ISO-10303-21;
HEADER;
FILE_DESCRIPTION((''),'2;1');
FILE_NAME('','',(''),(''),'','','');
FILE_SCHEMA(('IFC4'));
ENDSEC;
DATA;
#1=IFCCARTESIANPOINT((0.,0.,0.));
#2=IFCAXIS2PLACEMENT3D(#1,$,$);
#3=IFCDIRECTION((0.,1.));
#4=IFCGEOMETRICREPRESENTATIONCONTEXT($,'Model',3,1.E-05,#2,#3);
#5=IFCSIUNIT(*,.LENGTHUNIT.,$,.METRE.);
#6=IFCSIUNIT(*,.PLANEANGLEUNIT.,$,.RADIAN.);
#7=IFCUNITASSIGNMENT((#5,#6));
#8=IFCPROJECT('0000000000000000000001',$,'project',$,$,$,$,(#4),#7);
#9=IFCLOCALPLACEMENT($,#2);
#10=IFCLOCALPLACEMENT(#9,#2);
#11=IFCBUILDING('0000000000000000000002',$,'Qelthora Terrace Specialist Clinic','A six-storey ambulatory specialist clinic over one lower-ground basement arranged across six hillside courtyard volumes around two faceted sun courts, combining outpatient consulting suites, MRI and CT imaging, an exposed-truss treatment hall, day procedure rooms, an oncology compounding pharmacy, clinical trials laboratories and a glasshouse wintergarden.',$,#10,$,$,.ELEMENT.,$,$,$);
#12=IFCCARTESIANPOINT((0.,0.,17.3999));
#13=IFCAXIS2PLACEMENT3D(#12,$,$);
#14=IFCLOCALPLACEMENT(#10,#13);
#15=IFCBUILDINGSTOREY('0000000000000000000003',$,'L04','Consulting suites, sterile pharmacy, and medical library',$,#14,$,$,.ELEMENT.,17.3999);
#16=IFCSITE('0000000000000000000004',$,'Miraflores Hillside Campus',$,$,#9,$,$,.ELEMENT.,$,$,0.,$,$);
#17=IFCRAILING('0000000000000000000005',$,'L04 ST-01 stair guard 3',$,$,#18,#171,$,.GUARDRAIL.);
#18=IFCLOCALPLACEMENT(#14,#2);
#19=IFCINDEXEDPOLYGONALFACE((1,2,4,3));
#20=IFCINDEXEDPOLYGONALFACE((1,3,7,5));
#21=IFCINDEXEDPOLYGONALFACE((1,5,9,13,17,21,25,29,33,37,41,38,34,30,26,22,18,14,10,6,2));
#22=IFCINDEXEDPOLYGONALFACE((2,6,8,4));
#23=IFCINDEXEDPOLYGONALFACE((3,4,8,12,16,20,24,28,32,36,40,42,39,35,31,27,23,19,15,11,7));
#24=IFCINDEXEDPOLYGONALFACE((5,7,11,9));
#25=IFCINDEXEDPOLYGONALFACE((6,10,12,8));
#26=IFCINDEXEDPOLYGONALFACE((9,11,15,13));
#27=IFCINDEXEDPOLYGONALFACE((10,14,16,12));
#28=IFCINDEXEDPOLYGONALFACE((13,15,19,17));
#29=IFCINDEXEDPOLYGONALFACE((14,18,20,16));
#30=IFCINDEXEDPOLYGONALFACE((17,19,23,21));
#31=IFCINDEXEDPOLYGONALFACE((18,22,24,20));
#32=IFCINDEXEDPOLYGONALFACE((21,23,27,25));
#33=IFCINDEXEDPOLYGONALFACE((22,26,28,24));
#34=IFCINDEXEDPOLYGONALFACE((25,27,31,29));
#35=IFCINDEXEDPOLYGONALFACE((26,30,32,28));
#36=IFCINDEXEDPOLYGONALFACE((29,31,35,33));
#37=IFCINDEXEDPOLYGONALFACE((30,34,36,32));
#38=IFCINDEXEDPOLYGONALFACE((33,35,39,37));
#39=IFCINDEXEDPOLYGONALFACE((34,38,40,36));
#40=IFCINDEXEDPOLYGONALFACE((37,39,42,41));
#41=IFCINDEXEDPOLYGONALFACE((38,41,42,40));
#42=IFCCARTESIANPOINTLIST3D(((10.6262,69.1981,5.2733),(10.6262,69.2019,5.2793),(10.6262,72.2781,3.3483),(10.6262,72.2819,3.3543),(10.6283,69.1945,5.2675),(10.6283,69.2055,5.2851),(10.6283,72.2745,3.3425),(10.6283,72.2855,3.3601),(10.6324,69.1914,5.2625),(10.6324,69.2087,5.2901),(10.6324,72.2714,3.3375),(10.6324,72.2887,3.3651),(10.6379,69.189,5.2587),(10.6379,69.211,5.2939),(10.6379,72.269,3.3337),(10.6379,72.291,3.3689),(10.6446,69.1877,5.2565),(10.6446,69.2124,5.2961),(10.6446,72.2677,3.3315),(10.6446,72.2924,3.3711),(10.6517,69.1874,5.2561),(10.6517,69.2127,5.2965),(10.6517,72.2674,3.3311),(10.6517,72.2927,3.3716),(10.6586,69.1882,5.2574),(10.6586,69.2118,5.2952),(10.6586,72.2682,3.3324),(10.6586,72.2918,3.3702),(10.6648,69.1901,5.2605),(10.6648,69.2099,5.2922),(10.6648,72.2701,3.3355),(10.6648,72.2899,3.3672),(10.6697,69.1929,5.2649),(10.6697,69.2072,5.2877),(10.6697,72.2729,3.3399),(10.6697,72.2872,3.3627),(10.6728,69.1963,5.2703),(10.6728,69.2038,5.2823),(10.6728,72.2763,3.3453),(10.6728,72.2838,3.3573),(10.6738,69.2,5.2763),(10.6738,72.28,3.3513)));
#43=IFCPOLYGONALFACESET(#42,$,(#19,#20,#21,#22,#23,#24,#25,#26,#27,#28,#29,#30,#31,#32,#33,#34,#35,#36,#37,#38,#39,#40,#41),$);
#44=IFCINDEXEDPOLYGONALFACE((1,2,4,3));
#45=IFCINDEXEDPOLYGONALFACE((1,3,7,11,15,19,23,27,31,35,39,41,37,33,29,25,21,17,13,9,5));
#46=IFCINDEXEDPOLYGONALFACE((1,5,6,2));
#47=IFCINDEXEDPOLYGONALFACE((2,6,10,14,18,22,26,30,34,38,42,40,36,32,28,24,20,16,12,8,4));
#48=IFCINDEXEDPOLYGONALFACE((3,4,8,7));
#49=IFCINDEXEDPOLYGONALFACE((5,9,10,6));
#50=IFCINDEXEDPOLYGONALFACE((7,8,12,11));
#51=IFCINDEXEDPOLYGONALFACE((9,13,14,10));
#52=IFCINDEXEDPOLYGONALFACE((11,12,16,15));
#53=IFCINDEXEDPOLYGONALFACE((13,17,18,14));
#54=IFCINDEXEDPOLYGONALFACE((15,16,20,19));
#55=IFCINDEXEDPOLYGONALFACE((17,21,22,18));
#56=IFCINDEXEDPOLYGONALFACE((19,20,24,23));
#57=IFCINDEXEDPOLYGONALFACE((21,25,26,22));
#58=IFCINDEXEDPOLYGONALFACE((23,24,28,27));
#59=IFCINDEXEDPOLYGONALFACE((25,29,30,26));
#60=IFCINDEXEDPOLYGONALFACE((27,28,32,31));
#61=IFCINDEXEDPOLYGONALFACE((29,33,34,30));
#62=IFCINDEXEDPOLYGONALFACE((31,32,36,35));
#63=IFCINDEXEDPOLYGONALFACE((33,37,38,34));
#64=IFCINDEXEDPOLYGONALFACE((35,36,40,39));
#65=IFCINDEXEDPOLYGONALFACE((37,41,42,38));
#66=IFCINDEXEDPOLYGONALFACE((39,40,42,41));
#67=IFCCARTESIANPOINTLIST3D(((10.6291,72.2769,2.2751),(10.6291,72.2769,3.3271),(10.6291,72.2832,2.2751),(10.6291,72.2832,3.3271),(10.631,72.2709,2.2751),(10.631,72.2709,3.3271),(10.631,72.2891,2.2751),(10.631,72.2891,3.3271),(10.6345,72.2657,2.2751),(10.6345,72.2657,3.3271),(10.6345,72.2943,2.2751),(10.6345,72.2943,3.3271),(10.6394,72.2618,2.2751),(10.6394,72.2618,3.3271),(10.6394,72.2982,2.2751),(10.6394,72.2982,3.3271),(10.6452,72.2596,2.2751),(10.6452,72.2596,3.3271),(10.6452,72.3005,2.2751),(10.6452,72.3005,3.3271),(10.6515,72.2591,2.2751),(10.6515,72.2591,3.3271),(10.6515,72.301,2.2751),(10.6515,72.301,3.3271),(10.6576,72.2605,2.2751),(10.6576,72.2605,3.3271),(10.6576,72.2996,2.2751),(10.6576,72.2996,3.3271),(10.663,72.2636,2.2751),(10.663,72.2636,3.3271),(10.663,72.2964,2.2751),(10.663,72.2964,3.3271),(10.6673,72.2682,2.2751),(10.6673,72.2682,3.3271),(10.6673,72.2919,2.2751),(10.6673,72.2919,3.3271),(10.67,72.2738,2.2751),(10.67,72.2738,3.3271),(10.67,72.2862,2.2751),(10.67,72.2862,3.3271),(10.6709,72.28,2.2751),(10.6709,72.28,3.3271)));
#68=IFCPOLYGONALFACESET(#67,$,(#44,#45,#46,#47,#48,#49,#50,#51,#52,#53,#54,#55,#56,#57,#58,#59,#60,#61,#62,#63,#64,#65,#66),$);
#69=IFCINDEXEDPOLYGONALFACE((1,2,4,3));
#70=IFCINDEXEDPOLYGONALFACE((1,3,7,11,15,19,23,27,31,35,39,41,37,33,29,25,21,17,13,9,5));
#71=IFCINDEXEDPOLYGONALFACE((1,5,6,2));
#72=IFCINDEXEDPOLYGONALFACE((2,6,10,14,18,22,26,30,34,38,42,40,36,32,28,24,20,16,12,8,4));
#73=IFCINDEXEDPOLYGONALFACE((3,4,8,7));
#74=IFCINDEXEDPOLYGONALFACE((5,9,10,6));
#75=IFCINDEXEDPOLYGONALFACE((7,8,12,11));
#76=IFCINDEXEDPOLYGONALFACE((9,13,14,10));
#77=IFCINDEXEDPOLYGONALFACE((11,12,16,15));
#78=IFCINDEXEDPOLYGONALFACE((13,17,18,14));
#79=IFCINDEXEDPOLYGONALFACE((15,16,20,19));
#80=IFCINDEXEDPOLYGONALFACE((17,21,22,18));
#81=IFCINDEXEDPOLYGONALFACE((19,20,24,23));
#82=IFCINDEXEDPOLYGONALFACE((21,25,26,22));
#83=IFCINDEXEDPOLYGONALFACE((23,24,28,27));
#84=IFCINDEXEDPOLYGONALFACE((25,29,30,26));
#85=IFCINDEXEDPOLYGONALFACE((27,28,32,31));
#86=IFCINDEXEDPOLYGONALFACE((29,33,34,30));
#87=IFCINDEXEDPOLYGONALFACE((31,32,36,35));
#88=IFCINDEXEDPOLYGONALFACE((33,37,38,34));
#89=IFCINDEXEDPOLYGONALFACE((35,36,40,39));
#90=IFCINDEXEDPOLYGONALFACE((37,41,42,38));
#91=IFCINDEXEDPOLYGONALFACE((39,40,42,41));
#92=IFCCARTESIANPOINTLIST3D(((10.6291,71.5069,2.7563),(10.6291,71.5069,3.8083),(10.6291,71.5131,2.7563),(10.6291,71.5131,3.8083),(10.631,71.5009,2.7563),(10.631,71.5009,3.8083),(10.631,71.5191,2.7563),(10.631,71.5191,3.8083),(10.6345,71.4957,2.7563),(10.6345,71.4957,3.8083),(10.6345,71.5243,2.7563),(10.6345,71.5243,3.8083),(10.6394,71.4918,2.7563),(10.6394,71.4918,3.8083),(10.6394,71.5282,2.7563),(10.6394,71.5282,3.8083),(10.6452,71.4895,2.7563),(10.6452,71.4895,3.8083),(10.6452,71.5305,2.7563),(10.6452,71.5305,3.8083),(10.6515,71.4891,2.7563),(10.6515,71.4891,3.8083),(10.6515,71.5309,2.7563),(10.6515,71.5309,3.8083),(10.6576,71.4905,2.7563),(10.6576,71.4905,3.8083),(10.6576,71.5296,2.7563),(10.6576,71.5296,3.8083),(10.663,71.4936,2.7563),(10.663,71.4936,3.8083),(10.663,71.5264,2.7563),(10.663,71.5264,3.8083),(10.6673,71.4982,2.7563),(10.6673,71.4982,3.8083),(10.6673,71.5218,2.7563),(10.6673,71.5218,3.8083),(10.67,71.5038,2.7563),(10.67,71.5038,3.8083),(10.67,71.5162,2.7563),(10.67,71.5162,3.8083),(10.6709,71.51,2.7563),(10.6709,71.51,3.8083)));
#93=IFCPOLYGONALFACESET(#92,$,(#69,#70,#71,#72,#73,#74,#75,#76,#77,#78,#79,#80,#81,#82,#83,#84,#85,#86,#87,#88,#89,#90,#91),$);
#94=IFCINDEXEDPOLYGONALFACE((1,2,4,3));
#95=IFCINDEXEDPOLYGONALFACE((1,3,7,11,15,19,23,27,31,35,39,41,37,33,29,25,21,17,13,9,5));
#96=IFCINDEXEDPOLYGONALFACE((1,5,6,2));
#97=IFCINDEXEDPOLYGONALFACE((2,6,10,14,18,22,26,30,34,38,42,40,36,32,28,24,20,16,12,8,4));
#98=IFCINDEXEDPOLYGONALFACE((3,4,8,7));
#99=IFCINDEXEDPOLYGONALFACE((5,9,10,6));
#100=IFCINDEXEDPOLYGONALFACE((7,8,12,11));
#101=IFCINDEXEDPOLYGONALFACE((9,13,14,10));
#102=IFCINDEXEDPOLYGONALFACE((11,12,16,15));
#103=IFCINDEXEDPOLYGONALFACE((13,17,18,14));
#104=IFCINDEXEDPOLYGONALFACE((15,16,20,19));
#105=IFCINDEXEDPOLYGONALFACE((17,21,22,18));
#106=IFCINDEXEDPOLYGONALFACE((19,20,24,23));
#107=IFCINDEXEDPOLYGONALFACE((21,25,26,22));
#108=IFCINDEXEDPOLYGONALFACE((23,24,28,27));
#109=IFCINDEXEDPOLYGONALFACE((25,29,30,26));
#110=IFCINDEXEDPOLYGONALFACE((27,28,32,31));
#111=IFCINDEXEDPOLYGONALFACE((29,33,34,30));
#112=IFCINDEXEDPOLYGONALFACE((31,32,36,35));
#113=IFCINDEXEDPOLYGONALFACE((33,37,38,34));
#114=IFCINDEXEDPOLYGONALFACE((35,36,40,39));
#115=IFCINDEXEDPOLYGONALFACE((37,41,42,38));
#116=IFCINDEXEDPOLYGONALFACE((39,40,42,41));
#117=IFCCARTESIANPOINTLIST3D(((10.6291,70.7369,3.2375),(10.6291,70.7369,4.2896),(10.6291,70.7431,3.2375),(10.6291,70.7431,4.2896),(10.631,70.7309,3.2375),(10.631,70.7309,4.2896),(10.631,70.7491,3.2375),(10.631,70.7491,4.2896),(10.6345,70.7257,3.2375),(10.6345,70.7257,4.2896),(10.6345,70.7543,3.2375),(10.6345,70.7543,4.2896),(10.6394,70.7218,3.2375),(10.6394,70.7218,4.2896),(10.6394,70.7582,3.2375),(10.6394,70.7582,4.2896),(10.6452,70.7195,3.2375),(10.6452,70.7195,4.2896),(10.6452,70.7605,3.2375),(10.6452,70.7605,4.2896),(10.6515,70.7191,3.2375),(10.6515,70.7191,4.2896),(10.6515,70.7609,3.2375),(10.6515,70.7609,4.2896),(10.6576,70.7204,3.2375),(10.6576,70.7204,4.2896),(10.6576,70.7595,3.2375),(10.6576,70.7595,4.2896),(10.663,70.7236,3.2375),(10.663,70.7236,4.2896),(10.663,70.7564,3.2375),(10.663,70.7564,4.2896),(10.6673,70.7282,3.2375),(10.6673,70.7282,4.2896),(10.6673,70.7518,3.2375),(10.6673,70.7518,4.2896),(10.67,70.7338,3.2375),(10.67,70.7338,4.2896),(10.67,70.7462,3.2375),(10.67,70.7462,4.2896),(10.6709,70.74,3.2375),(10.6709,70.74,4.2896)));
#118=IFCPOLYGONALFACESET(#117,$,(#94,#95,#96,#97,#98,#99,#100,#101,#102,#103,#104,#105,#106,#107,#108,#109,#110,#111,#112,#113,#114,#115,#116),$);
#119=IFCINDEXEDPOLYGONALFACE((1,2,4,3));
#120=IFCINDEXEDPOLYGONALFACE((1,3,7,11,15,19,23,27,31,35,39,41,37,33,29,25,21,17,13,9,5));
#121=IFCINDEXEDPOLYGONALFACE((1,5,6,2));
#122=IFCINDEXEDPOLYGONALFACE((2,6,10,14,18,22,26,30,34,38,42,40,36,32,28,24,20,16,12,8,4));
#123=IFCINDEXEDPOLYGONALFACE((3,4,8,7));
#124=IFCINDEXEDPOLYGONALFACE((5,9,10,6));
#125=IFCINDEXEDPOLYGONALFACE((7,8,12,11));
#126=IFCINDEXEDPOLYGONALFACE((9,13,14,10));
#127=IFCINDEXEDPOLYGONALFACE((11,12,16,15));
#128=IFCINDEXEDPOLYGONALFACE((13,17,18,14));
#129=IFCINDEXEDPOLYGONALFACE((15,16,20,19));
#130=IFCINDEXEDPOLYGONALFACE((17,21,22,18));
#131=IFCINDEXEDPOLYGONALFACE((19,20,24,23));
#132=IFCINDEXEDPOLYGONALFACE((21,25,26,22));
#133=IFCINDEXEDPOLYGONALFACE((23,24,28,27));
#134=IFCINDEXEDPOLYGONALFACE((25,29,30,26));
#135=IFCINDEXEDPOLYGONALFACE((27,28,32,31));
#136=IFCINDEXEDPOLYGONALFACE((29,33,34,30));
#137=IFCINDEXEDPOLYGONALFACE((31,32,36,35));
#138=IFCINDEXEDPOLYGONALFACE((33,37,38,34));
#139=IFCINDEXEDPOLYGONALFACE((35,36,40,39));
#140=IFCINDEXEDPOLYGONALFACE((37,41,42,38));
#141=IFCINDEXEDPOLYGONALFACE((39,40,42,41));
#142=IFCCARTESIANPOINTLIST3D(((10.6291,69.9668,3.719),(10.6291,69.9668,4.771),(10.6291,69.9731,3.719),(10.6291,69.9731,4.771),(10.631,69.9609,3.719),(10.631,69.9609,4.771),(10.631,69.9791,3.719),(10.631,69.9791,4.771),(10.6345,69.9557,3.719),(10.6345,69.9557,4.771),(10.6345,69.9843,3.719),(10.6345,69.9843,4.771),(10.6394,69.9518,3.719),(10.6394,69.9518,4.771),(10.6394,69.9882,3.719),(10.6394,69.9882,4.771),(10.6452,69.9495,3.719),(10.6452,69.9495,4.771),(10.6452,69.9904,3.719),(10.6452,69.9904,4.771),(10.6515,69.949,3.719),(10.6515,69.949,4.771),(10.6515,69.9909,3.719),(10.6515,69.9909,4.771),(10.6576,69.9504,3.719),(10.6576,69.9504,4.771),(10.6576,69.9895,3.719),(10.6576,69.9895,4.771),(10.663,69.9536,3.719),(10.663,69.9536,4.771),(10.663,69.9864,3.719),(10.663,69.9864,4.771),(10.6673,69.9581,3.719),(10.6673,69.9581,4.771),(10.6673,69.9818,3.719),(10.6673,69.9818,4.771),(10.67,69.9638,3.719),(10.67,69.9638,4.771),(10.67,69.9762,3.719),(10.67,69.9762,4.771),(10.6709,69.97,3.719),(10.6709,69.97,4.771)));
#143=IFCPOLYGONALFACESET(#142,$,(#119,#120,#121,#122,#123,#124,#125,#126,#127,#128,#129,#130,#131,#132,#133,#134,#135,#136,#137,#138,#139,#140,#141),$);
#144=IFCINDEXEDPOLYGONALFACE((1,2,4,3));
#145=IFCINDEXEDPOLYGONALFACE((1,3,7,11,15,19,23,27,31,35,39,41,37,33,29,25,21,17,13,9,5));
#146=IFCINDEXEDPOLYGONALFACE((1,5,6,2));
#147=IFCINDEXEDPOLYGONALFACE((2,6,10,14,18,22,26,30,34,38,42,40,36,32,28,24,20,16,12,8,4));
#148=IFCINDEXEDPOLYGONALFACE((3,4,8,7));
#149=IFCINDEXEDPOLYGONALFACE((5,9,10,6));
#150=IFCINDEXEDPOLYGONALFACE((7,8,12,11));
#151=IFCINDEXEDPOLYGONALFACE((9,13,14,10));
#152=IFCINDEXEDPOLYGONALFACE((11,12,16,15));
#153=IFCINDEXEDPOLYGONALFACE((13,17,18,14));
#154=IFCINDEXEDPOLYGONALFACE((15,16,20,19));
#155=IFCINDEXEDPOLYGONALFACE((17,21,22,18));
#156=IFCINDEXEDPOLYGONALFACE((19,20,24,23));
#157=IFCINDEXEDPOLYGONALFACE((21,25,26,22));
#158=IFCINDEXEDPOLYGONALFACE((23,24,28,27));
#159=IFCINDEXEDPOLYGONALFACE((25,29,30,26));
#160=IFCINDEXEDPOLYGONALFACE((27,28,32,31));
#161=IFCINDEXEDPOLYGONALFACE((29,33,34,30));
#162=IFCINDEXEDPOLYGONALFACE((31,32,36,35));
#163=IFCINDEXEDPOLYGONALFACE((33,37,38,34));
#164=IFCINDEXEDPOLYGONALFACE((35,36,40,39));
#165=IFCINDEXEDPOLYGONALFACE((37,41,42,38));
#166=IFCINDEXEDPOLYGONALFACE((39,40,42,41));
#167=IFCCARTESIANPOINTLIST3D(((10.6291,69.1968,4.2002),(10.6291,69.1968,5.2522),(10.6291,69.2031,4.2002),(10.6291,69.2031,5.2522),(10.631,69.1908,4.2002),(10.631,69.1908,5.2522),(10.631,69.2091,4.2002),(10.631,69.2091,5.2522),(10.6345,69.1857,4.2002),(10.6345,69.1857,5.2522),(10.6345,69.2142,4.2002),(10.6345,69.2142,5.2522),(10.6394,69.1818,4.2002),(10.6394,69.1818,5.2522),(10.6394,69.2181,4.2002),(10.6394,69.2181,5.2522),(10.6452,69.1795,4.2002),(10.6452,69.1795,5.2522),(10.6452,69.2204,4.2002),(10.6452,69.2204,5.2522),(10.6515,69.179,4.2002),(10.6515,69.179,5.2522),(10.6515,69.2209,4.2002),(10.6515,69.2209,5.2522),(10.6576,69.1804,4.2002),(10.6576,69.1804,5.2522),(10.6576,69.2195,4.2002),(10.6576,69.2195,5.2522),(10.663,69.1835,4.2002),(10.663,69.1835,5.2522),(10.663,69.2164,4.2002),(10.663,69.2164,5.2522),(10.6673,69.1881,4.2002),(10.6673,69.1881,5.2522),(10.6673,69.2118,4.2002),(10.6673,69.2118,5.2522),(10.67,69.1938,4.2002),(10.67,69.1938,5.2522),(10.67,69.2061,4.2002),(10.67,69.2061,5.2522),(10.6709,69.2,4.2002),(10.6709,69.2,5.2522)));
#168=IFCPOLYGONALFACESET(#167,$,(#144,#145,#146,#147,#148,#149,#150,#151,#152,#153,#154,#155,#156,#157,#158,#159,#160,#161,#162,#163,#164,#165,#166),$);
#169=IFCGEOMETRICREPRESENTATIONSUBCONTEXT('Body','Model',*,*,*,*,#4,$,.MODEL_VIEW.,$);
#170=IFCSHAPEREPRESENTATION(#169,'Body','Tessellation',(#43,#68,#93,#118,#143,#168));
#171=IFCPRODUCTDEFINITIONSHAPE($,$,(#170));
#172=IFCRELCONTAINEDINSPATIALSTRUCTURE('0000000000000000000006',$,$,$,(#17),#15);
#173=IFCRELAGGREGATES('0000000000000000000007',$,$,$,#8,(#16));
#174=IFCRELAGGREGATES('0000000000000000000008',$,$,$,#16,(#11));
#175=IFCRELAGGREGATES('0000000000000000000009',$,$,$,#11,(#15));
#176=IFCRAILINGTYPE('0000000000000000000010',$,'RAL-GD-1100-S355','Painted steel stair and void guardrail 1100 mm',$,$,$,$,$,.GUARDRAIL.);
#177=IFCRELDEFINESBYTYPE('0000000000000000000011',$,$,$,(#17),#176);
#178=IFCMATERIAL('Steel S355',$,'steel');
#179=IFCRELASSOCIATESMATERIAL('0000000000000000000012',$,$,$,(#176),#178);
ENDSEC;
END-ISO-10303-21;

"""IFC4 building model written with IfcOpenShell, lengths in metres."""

from ifc_helpers import new_model, si_unit, direction, frame, origin, origin_2d, place, context, subcontext, project, spatial, circle, extrude, material, type_object, element, save


model = new_model("IFC4")

# Units and contexts
model_context = context("Model", 3, precision=1e-05, world=origin(), true_north=direction((0.0, 1.0)))
body_context = subcontext(model_context, "Body", "Model", "MODEL_VIEW")
ifc_project = project(units=[si_unit("LENGTHUNIT", "METRE"), si_unit("PLANEANGLEUNIT", "RADIAN")], contexts=[model_context])

# Site, building, storey
site_placement = place(None, origin())
site = spatial("IfcSite", under=ifc_project, at=site_placement, Name="Miraflores Hillside Campus", CompositionType="ELEMENT", RefElevation=0.0)
building_placement = place(site_placement, origin())
building = spatial("IfcBuilding", under=site, at=building_placement, Name="Qelthora Terrace Specialist Clinic", Description="A six-storey ambulatory specialist clinic over one lower-ground basement arranged across six hillside courtyard volumes around two faceted sun courts, combining outpatient consulting suites, MRI and CT imaging, an exposed-truss treatment hall, day procedure rooms, an oncology compounding pharmacy, clinical trials laboratories and a glasshouse wintergarden.", CompositionType="ELEMENT")
storey_placement = place(building_placement, frame((0.0, 0.0, 17.3999)))
storey = spatial("IfcBuildingStorey", under=building, at=storey_placement, Name="L04", Description="Consulting suites, sterile pharmacy, and medical library", CompositionType="ELEMENT", Elevation=17.3999)

# Shared definitions
ifc_material_1 = material(Name="Steel S355", Category="steel")

# Railing
railing_type_1 = type_object("IfcRailingType", Name="RAL-GD-1100-S355", Description="Painted steel stair and void guardrail 1100 mm", PredefinedType="GUARDRAIL", material=ifc_material_1)
railing_1_placement = place(storey_placement, frame((10.6499, 72.28, 2.2751)))
element("IfcRailing", 1, at=railing_1_placement, inside=storey, type_object=railing_type_1, Name="L04 ST-01 stair guard 3", PredefinedType="GUARDRAIL", context=body_context, shape_type="SweptSolid", body=[
    extrude(circle(Radius=0.0239, at=origin_2d()), frame((0.0, 0.0, 1.0762), z_axis=(0.0, -0.847998, 0.529999), x_axis=(1.0, 0.0, 0.0)), (0.0, 0.0, 1.0), 3.6321),
    extrude(circle(Radius=0.021, at=origin_2d()), origin(), (0.0, 0.0, 1.0), 1.052),
    extrude(circle(Radius=0.021, at=origin_2d()), frame((0.0, -0.77, 0.4812)), (0.0, 0.0, 1.0), 1.052),
    extrude(circle(Radius=0.021, at=origin_2d()), frame((0.0, -1.54, 0.9624)), (0.0, 0.0, 1.0), 1.052),
    extrude(circle(Radius=0.021, at=origin_2d()), frame((0.0, -2.3101, 1.4438)), (0.0, 0.0, 1.0), 1.052),
    extrude(circle(Radius=0.021, at=origin_2d()), frame((0.0, -3.0801, 1.925)), (0.0, 0.0, 1.0), 1.052),
])

save(model, "model.ifc")
